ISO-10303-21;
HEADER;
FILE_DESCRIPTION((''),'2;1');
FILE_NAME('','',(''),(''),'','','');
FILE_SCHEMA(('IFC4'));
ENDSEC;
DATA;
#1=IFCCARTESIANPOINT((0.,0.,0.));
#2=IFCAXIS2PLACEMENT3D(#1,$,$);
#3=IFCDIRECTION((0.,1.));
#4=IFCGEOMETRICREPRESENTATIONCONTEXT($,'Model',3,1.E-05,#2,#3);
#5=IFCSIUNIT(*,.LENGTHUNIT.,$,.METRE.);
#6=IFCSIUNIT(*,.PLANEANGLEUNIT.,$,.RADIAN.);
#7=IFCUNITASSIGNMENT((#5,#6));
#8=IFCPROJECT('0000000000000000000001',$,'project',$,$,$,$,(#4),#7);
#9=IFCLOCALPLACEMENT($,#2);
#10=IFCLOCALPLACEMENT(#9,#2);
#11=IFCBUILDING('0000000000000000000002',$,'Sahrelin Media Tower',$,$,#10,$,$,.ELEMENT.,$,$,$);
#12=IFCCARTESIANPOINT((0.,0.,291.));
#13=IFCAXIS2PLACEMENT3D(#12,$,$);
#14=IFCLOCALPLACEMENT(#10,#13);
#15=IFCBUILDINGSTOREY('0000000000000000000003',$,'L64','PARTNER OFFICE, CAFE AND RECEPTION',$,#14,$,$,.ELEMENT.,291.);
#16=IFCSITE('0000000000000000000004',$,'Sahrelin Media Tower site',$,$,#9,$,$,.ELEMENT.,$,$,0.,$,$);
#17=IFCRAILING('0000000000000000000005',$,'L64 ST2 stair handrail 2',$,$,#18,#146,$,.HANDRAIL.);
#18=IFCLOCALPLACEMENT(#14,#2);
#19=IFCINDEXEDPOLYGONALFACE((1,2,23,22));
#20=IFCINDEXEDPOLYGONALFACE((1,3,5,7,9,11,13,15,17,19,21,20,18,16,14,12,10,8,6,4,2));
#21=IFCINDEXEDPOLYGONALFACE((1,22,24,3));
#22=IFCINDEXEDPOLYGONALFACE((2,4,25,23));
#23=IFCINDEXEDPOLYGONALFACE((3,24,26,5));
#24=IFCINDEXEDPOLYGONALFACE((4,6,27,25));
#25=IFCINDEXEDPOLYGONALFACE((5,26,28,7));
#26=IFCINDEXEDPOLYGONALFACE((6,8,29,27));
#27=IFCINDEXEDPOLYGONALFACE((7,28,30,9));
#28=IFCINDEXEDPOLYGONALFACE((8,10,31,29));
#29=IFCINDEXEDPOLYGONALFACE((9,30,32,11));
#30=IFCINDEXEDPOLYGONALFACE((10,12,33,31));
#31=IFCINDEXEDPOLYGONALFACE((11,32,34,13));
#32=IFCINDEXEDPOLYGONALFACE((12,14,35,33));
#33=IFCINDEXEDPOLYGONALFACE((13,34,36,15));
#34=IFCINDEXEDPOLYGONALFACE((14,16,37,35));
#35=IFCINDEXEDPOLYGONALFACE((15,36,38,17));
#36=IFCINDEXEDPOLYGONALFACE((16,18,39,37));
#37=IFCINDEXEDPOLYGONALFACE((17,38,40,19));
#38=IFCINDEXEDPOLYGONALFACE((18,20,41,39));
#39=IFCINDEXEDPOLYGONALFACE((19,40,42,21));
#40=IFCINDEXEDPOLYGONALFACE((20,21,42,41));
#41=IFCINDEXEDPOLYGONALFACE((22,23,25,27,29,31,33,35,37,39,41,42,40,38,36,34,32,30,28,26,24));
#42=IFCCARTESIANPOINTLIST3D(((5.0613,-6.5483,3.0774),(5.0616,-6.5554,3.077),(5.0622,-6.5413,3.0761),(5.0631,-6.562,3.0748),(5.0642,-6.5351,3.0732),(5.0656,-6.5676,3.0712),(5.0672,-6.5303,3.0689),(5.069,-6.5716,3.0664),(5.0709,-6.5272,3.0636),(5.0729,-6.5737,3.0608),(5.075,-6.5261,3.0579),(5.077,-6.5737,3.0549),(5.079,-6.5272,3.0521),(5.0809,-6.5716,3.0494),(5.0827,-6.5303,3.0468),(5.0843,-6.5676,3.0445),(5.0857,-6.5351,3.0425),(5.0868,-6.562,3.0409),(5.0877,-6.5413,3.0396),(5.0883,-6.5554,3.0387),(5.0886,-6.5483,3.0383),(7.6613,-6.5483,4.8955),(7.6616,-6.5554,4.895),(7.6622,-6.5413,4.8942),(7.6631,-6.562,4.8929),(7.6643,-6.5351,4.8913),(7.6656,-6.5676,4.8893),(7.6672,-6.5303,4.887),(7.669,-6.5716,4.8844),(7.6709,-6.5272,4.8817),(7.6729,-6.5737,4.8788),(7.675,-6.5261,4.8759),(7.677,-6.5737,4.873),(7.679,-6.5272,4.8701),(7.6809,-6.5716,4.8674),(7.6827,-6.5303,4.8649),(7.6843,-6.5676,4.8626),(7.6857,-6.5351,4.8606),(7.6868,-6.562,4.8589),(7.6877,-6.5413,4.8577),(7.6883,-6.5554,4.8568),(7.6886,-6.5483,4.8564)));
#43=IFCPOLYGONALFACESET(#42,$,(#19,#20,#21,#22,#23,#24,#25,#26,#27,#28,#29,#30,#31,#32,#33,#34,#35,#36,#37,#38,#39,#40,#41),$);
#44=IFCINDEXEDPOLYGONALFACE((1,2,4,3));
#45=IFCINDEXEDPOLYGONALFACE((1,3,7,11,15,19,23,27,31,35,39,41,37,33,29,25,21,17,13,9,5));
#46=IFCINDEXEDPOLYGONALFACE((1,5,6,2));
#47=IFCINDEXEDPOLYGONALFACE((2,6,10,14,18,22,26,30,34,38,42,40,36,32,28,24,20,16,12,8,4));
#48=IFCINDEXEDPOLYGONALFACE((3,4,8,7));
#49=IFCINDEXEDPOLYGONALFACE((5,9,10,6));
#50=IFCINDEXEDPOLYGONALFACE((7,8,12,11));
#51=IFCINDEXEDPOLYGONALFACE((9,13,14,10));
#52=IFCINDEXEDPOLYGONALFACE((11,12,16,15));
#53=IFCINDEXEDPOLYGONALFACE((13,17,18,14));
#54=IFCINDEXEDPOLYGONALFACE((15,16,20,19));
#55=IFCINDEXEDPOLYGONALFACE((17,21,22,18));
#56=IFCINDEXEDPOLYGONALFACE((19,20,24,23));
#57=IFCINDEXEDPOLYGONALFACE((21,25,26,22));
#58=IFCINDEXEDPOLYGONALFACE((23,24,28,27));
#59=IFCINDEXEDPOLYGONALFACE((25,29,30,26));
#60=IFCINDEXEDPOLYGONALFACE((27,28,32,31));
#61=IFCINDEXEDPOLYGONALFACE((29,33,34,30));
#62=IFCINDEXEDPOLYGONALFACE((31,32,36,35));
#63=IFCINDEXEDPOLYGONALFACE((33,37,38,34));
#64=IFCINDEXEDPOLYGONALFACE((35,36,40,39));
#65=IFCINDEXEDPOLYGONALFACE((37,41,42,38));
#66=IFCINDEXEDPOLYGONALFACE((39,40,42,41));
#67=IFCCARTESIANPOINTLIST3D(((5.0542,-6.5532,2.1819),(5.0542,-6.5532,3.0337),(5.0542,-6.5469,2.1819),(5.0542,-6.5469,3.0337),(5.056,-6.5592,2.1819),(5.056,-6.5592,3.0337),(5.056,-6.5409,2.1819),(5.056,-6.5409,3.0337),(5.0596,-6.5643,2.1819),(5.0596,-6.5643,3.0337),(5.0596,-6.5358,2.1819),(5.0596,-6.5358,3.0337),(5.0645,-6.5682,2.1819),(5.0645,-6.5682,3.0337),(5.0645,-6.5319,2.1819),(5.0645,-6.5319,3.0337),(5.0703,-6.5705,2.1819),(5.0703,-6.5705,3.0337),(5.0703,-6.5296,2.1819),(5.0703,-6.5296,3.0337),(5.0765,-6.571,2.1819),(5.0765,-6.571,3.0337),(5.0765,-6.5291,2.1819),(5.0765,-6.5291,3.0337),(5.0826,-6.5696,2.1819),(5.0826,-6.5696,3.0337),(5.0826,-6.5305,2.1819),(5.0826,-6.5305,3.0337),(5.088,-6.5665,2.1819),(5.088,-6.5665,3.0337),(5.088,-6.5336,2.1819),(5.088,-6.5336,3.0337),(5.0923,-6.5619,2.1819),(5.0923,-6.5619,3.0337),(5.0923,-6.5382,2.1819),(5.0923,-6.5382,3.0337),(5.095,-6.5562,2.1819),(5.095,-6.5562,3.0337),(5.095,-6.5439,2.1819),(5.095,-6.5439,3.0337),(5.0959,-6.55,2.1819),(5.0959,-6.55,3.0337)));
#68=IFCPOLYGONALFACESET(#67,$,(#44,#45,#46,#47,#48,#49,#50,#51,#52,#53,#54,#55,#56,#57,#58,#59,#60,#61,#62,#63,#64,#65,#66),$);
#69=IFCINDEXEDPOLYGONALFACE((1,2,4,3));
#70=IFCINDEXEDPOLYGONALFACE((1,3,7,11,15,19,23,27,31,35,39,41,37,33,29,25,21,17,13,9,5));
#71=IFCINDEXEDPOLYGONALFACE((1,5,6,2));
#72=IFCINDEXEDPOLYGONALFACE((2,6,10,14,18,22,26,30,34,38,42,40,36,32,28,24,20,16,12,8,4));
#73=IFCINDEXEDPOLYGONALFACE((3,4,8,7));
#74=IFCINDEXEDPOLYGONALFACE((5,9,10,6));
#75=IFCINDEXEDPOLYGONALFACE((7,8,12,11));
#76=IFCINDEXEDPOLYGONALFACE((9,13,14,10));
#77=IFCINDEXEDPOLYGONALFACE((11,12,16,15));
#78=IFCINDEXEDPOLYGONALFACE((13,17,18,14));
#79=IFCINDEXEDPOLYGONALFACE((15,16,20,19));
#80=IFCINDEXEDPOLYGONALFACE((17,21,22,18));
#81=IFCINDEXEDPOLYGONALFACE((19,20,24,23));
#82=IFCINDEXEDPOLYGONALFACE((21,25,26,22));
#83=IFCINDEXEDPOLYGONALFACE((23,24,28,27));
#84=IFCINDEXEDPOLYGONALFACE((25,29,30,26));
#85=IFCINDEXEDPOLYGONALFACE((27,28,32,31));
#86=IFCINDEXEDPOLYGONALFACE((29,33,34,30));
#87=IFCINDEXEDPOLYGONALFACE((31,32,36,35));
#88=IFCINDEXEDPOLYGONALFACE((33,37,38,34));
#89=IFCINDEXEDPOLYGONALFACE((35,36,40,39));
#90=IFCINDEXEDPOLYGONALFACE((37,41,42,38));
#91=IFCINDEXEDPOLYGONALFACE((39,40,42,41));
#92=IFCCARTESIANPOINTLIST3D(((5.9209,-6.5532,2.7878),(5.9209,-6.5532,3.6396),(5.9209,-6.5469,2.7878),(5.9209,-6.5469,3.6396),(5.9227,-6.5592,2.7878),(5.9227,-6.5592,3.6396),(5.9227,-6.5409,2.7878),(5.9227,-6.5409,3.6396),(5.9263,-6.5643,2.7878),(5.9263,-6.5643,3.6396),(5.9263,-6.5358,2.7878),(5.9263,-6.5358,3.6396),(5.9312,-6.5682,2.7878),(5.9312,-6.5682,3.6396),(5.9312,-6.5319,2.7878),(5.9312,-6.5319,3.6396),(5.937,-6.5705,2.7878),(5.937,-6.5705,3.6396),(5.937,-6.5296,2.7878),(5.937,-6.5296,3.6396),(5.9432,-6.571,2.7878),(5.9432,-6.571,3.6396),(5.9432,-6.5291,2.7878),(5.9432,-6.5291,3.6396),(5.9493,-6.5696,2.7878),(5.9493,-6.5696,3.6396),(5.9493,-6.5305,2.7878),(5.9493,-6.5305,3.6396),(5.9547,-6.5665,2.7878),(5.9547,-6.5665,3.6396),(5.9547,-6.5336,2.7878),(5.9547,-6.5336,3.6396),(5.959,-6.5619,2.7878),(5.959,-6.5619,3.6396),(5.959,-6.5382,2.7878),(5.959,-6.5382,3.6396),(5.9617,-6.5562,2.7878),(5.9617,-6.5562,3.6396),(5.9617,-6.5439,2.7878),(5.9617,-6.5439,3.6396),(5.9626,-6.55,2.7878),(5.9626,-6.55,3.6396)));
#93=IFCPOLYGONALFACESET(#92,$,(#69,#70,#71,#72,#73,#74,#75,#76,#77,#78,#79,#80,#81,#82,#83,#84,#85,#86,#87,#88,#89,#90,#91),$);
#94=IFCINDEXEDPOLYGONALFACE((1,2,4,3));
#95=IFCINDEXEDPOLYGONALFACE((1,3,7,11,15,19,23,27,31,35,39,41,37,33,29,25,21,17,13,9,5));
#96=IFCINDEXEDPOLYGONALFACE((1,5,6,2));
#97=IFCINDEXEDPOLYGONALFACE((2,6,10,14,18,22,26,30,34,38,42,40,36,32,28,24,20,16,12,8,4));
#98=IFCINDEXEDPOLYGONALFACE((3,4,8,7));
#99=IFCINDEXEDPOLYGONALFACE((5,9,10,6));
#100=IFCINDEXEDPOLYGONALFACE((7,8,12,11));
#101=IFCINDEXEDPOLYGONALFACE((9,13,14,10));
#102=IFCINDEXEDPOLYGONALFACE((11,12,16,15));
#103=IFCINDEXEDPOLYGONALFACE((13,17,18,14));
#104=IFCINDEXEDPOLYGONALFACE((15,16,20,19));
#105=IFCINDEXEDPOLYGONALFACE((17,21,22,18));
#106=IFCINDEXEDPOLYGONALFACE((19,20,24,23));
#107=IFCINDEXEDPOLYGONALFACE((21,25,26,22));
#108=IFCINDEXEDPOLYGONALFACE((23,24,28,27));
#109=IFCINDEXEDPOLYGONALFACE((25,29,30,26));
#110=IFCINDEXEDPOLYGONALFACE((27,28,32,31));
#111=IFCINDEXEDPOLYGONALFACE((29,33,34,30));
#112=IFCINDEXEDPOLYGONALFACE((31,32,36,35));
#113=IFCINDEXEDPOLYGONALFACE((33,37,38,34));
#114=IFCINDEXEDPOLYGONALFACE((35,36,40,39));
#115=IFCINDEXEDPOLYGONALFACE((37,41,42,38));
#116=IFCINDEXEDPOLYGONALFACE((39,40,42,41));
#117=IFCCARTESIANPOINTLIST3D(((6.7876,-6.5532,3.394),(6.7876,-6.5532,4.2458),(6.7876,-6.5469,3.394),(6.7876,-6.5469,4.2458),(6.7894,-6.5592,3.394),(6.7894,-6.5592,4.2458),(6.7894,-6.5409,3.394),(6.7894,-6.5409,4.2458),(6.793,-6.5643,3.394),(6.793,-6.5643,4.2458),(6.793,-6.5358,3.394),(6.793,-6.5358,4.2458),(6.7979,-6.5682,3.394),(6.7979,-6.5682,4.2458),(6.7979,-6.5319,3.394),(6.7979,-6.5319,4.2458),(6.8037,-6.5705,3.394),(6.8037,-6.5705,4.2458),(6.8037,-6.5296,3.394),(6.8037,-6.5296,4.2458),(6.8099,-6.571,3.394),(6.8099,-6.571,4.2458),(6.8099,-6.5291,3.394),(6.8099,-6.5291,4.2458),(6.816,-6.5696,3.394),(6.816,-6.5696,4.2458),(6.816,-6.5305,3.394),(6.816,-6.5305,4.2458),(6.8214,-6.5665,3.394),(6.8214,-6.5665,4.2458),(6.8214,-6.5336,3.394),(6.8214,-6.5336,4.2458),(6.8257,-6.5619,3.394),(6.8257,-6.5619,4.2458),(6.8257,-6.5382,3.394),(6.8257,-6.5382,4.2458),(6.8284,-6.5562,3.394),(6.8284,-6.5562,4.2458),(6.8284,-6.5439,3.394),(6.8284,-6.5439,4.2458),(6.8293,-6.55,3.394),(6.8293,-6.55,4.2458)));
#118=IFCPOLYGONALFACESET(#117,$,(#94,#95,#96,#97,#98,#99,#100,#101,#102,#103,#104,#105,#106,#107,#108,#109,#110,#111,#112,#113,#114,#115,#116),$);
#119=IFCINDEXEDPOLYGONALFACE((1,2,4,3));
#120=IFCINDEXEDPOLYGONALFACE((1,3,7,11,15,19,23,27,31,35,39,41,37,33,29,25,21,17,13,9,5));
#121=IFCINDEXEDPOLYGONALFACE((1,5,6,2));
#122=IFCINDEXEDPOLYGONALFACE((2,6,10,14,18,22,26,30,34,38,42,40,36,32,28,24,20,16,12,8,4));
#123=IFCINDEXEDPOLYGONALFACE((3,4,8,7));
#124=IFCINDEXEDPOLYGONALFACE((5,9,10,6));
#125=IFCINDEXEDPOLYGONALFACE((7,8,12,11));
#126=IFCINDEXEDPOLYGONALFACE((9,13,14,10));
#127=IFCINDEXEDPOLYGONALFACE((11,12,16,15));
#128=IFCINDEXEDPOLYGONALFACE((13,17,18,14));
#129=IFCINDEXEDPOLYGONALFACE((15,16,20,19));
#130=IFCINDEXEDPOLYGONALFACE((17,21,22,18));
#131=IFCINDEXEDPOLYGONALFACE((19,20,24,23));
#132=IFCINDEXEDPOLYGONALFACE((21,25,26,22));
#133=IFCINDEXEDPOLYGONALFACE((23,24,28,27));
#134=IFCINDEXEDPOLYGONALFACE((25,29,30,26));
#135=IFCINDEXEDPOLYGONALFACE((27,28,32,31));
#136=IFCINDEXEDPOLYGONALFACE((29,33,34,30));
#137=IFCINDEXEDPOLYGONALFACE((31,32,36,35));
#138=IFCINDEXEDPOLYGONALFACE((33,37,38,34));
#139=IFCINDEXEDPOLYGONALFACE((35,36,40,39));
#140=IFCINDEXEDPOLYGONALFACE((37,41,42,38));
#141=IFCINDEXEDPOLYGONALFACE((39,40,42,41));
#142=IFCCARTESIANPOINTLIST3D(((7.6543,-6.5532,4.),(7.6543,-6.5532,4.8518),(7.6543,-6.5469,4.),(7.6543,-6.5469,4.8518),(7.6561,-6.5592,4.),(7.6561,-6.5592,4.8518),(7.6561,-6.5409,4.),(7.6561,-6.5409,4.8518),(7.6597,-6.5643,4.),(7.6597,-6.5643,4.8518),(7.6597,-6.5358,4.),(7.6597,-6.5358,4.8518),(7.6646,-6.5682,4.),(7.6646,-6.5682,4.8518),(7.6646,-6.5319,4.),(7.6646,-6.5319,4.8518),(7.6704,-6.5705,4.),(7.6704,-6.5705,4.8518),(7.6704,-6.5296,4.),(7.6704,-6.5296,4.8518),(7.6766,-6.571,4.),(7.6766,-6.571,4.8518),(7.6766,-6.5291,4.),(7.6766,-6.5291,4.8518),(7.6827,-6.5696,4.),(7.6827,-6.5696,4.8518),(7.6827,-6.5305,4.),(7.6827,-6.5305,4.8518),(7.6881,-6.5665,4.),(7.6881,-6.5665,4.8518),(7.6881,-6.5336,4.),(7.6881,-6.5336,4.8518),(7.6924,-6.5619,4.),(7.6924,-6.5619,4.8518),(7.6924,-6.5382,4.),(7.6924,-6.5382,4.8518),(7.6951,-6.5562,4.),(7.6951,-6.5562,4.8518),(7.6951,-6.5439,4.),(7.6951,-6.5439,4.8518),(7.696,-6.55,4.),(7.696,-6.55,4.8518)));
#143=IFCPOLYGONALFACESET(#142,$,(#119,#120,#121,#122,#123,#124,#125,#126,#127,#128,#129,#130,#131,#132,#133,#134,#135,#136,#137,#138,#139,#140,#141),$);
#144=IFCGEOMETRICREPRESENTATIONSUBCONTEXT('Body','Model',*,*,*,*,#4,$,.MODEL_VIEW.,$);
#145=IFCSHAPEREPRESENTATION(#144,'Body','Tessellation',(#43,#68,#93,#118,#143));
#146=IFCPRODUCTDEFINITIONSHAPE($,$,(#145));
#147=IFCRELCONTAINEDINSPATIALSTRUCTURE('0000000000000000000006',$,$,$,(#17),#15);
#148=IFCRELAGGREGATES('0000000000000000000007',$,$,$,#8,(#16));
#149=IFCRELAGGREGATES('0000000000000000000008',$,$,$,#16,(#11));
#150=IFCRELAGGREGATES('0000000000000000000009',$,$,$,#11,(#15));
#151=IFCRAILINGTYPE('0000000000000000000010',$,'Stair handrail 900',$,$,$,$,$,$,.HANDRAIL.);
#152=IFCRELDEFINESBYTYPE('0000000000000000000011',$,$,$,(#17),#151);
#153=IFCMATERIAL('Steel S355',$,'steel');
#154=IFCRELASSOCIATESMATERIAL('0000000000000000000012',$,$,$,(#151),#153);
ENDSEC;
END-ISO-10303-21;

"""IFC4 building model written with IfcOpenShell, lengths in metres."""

from ifc_helpers import new_model, si_unit, direction, frame, origin, origin_2d, place, context, subcontext, project, spatial, circle, extrude, material, type_object, element, save


model = new_model("IFC4")

# Units and contexts
model_context = context("Model", 3, precision=1e-05, world=origin(), true_north=direction((0.0, 1.0)))
body_context = subcontext(model_context, "Body", "Model", "MODEL_VIEW")
ifc_project = project(units=[si_unit("LENGTHUNIT", "METRE"), si_unit("PLANEANGLEUNIT", "RADIAN")], contexts=[model_context])

# Site, building, storey
site_placement = place(None, origin())
site = spatial("IfcSite", under=ifc_project, at=site_placement, Name="Sahrelin Media Tower site", CompositionType="ELEMENT", RefElevation=0.0)
building_placement = place(site_placement, origin())
building = spatial("IfcBuilding", under=site, at=building_placement, Name="Sahrelin Media Tower", CompositionType="ELEMENT")
storey_placement = place(building_placement, frame((0.0, 0.0, 291.0)))
storey = spatial("IfcBuildingStorey", under=building, at=storey_placement, Name="L64", Description="PARTNER OFFICE, CAFE AND RECEPTION", CompositionType="ELEMENT", Elevation=291.0)

# Railing
ifc_material_1 = material(Name="Steel S355", Category="steel")
railing_type_1 = type_object("IfcRailingType", Name="Stair handrail 900", PredefinedType="HANDRAIL", material=ifc_material_1)
railing_1_placement = place(storey_placement, frame((5.075, -6.55, 2.1819)))
element("IfcRailing", 1, at=railing_1_placement, inside=storey, type_object=railing_type_1, Name="L64 ST2 stair handrail 2", PredefinedType="HANDRAIL", context=body_context, shape_type="SweptSolid", body=[
    extrude(circle(Radius=0.0239, at=origin_2d()), frame((0.0, 0.0, 0.876), z_axis=(0.819521, 0.0, 0.573049), x_axis=(0.0, 1.0, 0.0)), (0.0, 0.0, 1.0), 3.1726),
    extrude(circle(Radius=0.021, at=origin_2d()), origin(), (0.0, 0.0, 1.0), 0.8518),
    extrude(circle(Radius=0.021, at=origin_2d()), frame((0.8667, 0.0, 0.606)), (0.0, 0.0, 1.0), 0.8518),
    extrude(circle(Radius=0.021, at=origin_2d()), frame((1.7334, 0.0, 1.2122)), (0.0, 0.0, 1.0), 0.8518),
    extrude(circle(Radius=0.021, at=origin_2d()), frame((2.6001, 0.0, 1.8181)), (0.0, 0.0, 1.0), 0.8518),
])

save(model, "model.ifc")
